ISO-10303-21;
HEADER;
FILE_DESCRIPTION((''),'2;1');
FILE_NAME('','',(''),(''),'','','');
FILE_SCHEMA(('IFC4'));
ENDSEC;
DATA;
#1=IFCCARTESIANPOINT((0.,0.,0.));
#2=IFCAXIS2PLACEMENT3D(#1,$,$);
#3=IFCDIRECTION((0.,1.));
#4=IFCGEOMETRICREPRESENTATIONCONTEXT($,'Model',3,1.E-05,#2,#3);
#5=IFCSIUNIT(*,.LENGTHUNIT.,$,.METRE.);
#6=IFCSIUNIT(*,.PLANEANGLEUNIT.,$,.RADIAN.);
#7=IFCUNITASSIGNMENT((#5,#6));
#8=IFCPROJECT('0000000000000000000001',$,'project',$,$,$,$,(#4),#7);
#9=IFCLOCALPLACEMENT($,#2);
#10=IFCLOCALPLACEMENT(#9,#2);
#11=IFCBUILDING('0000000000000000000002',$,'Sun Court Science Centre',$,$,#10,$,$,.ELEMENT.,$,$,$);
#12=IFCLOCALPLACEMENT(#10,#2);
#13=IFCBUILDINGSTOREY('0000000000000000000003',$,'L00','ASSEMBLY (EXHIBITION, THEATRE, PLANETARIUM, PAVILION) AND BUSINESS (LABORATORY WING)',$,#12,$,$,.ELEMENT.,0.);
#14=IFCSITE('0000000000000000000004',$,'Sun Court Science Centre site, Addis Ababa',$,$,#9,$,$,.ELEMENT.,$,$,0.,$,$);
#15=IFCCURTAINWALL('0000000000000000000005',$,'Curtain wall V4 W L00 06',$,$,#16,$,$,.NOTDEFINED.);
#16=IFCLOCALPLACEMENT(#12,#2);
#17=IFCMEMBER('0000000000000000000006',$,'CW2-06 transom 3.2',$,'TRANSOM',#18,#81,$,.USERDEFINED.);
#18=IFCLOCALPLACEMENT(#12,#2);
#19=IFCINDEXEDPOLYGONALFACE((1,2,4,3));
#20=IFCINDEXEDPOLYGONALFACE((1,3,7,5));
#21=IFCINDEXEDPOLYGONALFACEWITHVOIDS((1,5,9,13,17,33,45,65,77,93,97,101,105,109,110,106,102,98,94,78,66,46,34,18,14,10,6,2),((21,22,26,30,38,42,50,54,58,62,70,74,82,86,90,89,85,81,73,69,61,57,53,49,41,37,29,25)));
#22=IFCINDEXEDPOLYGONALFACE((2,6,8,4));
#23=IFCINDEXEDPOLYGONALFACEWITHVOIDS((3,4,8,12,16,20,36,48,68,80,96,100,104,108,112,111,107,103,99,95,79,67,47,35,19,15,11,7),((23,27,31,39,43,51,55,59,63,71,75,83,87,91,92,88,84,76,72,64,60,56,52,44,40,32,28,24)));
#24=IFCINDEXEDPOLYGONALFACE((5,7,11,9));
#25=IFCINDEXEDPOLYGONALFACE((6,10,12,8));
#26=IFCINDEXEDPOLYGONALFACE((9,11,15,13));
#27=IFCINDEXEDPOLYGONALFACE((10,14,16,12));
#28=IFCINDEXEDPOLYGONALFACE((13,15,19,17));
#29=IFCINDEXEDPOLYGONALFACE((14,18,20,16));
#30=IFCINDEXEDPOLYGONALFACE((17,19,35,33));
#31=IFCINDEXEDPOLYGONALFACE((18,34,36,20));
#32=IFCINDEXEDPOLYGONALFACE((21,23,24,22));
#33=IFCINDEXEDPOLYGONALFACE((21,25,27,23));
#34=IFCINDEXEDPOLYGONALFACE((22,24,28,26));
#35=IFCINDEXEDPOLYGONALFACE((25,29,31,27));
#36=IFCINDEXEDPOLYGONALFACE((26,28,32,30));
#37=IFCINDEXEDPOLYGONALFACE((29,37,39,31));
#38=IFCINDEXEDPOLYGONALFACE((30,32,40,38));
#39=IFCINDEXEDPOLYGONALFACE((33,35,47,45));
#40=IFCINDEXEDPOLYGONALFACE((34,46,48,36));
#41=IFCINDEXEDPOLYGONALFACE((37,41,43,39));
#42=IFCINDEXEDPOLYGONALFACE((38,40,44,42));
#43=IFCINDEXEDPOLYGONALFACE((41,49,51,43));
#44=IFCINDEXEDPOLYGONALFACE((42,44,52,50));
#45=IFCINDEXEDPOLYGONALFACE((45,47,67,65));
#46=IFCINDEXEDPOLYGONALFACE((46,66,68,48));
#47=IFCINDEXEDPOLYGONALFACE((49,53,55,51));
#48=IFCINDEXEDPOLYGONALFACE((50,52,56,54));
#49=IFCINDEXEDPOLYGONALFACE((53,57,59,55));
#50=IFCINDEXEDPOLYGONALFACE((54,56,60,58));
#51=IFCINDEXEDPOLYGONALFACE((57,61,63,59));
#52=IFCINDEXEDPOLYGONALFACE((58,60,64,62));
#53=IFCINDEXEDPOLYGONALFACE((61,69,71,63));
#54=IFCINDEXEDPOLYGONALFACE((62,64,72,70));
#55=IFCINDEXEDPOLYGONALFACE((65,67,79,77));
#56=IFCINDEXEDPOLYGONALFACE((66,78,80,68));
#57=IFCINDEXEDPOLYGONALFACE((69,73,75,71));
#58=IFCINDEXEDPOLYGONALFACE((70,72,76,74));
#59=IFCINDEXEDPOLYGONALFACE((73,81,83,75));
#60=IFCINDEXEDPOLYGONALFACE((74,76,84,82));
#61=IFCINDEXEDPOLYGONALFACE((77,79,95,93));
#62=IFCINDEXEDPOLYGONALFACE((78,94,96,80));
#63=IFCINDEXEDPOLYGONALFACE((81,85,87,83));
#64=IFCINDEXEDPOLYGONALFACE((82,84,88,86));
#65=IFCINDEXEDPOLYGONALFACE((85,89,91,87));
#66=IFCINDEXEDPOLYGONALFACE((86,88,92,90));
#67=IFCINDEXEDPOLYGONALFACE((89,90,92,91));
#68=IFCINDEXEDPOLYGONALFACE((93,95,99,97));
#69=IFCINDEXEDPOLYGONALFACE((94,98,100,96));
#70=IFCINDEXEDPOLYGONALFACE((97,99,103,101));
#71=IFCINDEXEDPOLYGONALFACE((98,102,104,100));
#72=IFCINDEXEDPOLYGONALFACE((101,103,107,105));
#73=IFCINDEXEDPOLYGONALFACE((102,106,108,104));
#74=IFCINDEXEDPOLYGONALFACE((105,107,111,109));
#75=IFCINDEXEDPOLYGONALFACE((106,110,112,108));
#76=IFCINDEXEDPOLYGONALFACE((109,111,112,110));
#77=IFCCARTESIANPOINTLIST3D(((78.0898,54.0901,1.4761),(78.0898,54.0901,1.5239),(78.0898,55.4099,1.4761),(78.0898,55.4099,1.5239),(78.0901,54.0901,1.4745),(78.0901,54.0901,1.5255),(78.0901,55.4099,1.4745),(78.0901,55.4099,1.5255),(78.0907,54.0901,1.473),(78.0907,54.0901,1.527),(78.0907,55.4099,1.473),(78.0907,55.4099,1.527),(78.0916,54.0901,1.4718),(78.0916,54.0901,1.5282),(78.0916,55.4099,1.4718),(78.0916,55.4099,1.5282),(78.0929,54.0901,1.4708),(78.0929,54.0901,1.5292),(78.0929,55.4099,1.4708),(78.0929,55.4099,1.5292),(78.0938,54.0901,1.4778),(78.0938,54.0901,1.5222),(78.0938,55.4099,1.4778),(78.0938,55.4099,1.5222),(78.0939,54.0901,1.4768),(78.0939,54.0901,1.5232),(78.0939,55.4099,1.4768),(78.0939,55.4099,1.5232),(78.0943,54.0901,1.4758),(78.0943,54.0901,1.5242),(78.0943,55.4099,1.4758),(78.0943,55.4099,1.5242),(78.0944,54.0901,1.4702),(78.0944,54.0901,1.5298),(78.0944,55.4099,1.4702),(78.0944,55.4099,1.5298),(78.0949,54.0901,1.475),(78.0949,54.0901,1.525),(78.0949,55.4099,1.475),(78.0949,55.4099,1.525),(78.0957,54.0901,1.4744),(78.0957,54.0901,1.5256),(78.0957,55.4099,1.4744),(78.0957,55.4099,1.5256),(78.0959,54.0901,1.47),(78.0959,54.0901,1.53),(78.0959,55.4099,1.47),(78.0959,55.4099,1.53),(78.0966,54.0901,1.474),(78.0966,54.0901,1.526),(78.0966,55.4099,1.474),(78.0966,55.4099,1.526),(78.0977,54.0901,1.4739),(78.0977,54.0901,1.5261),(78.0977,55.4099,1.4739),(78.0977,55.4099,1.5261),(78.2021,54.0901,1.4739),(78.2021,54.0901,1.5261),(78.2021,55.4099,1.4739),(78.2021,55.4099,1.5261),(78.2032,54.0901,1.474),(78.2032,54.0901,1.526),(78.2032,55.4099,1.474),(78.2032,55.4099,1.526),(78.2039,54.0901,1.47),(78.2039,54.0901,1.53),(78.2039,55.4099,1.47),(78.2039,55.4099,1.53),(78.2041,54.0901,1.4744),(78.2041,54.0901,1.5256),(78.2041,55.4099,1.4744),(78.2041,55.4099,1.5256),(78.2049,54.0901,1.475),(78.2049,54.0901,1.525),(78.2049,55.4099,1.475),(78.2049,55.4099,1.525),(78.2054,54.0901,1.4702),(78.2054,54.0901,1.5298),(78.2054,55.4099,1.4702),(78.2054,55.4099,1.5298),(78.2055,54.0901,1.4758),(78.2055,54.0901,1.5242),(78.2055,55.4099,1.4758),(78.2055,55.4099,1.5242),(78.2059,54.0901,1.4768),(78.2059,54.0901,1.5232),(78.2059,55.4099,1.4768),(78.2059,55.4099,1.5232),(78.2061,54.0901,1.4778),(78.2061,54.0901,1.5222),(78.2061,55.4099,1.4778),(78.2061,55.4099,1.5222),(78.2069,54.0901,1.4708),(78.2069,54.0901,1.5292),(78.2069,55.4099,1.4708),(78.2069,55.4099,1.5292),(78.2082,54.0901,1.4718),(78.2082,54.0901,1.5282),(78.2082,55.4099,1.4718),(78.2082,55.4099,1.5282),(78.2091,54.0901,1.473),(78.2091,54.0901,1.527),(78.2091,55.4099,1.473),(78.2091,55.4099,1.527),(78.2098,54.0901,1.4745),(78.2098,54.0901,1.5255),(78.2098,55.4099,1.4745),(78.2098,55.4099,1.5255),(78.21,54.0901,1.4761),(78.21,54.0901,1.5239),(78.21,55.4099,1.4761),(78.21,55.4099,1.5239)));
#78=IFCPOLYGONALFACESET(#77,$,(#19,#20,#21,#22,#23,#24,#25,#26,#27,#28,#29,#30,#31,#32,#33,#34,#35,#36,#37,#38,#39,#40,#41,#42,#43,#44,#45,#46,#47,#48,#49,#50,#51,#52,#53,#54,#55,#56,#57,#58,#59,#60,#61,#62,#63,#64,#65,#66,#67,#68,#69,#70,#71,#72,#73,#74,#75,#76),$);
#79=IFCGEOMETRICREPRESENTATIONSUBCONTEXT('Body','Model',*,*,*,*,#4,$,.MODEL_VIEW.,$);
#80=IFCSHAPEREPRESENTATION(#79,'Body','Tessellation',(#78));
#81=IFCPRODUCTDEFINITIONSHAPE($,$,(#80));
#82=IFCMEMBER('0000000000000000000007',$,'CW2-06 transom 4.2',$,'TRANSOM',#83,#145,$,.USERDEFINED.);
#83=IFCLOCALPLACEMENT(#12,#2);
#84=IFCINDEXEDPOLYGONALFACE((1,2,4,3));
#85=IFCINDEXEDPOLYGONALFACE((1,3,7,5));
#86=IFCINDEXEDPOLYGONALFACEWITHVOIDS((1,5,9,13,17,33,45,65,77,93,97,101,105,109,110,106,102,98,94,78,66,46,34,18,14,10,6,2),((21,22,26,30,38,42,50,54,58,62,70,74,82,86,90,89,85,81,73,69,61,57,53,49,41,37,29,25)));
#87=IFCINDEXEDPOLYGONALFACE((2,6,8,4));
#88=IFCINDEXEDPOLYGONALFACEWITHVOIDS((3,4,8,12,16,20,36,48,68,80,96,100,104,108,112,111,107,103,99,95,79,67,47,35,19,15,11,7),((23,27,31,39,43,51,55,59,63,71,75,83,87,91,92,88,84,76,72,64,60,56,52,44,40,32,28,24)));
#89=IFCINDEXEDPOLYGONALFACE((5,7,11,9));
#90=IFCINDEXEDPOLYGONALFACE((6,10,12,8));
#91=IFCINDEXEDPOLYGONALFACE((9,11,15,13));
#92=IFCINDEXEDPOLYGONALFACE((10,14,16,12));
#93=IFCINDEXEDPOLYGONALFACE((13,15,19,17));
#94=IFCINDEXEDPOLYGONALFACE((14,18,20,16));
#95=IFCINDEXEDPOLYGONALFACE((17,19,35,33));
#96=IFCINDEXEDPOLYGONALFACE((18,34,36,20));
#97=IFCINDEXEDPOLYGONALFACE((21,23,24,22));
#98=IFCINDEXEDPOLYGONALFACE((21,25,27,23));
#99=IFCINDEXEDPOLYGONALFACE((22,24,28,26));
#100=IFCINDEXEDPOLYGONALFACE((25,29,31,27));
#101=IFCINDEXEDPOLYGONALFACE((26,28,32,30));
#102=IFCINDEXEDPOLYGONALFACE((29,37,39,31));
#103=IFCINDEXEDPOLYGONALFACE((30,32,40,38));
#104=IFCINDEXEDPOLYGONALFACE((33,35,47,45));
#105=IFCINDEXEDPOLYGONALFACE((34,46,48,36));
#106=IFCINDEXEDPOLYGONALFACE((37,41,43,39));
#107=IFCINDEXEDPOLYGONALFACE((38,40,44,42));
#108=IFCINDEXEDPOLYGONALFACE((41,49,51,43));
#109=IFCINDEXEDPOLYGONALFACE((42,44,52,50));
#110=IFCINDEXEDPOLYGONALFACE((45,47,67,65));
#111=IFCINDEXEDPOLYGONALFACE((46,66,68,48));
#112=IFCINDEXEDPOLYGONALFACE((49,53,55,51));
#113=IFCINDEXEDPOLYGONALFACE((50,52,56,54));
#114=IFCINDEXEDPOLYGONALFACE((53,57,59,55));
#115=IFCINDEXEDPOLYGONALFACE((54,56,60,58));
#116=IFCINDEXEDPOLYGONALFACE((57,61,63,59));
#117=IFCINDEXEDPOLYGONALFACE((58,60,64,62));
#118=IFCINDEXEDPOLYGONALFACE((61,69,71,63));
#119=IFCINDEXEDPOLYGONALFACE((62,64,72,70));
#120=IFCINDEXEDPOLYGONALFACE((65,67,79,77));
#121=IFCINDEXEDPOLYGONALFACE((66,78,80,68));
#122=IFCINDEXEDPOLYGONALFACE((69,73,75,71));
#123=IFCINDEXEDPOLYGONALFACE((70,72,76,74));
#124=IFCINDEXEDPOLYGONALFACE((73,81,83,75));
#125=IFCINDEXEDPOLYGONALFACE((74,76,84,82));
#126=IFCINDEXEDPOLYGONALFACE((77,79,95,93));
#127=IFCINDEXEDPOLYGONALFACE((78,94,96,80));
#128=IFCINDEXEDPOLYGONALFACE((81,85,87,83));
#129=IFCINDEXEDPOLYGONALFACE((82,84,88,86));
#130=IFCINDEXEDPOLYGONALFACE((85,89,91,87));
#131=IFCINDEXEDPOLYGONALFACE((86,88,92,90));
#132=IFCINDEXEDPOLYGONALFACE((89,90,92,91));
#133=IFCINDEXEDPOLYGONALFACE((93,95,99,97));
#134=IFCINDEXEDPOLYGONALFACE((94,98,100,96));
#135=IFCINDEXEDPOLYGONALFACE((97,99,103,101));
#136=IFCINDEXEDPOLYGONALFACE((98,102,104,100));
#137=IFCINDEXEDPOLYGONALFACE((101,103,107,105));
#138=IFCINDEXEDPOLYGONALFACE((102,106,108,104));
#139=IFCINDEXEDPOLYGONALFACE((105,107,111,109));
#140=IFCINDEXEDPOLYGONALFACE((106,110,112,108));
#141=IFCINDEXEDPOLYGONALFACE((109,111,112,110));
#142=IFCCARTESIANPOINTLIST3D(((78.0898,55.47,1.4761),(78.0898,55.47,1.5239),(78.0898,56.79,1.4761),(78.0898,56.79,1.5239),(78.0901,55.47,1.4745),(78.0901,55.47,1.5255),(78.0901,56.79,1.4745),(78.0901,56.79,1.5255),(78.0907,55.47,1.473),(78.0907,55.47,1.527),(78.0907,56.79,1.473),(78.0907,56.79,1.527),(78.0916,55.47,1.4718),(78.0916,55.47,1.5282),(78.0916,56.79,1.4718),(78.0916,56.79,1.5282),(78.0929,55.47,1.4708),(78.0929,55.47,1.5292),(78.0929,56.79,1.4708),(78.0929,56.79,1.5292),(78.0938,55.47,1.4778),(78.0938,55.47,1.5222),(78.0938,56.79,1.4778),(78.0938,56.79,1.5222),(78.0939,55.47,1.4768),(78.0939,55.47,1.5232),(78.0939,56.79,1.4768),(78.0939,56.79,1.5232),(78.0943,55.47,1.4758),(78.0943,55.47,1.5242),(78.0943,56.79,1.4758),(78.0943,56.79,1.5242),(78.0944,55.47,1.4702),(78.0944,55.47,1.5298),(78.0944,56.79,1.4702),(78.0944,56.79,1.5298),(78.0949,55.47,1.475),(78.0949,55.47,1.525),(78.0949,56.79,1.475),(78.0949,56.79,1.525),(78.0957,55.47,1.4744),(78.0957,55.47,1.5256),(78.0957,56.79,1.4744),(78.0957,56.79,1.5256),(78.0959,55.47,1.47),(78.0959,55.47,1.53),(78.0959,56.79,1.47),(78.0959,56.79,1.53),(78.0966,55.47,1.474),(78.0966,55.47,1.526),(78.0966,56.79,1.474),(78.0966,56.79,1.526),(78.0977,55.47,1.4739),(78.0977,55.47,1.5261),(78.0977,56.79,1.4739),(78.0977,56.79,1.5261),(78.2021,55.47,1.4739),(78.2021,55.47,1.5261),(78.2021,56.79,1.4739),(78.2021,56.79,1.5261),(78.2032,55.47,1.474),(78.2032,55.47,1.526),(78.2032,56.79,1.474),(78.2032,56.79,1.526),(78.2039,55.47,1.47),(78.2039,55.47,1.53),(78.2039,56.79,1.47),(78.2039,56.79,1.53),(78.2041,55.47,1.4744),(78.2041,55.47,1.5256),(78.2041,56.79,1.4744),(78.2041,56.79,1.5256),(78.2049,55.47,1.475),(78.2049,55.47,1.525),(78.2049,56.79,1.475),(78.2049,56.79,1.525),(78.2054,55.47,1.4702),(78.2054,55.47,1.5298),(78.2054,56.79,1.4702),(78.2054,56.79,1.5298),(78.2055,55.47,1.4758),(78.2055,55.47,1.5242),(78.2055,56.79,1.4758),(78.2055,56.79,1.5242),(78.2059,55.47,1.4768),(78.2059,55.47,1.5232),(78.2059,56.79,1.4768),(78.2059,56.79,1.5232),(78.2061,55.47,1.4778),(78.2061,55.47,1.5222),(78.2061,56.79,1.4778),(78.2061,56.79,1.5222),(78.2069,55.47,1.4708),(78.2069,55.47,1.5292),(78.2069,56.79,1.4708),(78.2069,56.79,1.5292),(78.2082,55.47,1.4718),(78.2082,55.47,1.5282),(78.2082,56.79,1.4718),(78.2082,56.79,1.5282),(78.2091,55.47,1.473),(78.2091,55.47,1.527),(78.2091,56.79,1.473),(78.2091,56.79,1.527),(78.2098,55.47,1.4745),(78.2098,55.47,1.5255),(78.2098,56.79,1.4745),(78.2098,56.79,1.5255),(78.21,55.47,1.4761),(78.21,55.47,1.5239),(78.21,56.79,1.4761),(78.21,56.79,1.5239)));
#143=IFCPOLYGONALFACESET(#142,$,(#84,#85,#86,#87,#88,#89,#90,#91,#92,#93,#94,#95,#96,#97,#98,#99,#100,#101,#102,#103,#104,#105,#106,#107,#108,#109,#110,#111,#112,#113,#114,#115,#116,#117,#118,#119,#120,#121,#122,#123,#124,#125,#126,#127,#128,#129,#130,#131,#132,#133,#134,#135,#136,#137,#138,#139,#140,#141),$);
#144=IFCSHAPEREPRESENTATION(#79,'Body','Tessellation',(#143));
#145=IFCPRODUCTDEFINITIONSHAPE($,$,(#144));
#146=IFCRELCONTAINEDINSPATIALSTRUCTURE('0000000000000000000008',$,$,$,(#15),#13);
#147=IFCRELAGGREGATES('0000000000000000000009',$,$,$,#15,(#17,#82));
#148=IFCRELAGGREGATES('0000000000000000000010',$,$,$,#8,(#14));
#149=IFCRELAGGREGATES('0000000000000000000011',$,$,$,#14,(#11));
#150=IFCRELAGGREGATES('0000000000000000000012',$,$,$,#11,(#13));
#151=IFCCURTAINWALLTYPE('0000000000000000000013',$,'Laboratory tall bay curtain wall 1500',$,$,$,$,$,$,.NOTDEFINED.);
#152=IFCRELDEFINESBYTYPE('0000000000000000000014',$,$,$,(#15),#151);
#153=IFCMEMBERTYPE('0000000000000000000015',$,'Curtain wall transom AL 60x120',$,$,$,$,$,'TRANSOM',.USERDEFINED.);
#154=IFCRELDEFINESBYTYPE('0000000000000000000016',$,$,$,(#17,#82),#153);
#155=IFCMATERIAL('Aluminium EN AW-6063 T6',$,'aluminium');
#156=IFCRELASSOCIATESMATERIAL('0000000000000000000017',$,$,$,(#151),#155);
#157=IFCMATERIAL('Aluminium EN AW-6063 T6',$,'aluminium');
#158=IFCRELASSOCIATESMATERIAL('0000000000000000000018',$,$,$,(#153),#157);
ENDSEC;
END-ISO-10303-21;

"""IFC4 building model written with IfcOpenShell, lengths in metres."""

from ifc_helpers import new_model, si_unit, direction, frame, origin, origin_2d, place, context, subcontext, project, spatial, hollow_rectangle, extrude, material, material_profile, profile_set, type_object, element, aggregate, save


model = new_model("IFC4")

# Units and contexts
model_context = context("Model", 3, precision=1e-05, world=origin(), true_north=direction((0.0, 1.0)))
body_context = subcontext(model_context, "Body", "Model", "MODEL_VIEW")
ifc_project = project(units=[si_unit("LENGTHUNIT", "METRE"), si_unit("PLANEANGLEUNIT", "RADIAN")], contexts=[model_context])

# Site, building, storey
site_placement = place(None, origin())
site = spatial("IfcSite", under=ifc_project, at=site_placement, Name="Sun Court Science Centre site, Addis Ababa", CompositionType="ELEMENT", RefElevation=0.0)
building_placement = place(site_placement, origin())
building = spatial("IfcBuilding", under=site, at=building_placement, Name="Sun Court Science Centre", CompositionType="ELEMENT")
storey_placement = place(building_placement, origin())
storey = spatial("IfcBuildingStorey", under=building, at=storey_placement, Name="L00", Description="ASSEMBLY (EXHIBITION, THEATRE, PLANETARIUM, PAVILION) AND BUSINESS (LABORATORY WING)", CompositionType="ELEMENT", Elevation=0.0)

# Curtain wall, members
ifc_material_1 = material(Name="Aluminium EN AW-6063 T6", Category="aluminium")
curtain_wall_type = type_object("IfcCurtainWallType", Name="Laboratory tall bay curtain wall 1500", PredefinedType="NOTDEFINED", material=ifc_material_1)
curtain_wall_placement = place(storey_placement, origin())
curtain_wall = element("IfcCurtainWall", 1, at=curtain_wall_placement, inside=storey, type_object=curtain_wall_type, Name="Curtain wall V4 W L00 06", PredefinedType="NOTDEFINED")
ifc_material_2 = material(Name="Aluminium EN AW-6063 T6", Category="aluminium")
ifc_material_profile_1 = material_profile(ifc_material_2, hollow_rectangle(XDim=0.0601, YDim=0.1201, WallThickness=0.0039, InnerFilletRadius=0.0039, OuterFilletRadius=0.0061, at=origin_2d()), Name="AL 60x120x4")
ifc_profile_set_1 = profile_set([ifc_material_profile_1], Name="Aluminium EN AW-6063 T6")
member_type_1 = type_object("IfcMemberType", Name="Curtain wall transom AL 60x120", ElementType="TRANSOM", PredefinedType="USERDEFINED", material=ifc_profile_set_1)
member_1_placement = place(storey_placement, frame((78.1499, 54.0901, 1.5), z_axis=(0.0, 1.0, 0.0), x_axis=(0.0, 0.0, 1.0)))
member_1 = element("IfcMember", 2, at=member_1_placement, type_object=member_type_1, Name="CW2-06 transom 3.2", ObjectType="TRANSOM", PredefinedType="USERDEFINED", context=body_context, shape_type="SweptSolid", body=[
    extrude(hollow_rectangle(XDim=0.0601, YDim=0.1201, WallThickness=0.0039, InnerFilletRadius=0.0039, OuterFilletRadius=0.0061, at=origin_2d()), origin(), (0.0, 0.0, 1.0), 1.3198),
])
member_2_placement = place(storey_placement, frame((78.1499, 55.47, 1.5), z_axis=(0.0, 1.0, 0.0), x_axis=(0.0, 0.0, 1.0)))
member_2 = element("IfcMember", 3, at=member_2_placement, type_object=member_type_1, Name="CW2-06 transom 4.2", ObjectType="TRANSOM", PredefinedType="USERDEFINED", context=body_context, shape_type="SweptSolid", body=[
    extrude(hollow_rectangle(XDim=0.0601, YDim=0.1201, WallThickness=0.0039, InnerFilletRadius=0.0039, OuterFilletRadius=0.0061, at=origin_2d()), origin(), (0.0, 0.0, 1.0), 1.3201),
])
aggregate(curtain_wall, [member_1, member_2])

save(model, "model.ifc")
